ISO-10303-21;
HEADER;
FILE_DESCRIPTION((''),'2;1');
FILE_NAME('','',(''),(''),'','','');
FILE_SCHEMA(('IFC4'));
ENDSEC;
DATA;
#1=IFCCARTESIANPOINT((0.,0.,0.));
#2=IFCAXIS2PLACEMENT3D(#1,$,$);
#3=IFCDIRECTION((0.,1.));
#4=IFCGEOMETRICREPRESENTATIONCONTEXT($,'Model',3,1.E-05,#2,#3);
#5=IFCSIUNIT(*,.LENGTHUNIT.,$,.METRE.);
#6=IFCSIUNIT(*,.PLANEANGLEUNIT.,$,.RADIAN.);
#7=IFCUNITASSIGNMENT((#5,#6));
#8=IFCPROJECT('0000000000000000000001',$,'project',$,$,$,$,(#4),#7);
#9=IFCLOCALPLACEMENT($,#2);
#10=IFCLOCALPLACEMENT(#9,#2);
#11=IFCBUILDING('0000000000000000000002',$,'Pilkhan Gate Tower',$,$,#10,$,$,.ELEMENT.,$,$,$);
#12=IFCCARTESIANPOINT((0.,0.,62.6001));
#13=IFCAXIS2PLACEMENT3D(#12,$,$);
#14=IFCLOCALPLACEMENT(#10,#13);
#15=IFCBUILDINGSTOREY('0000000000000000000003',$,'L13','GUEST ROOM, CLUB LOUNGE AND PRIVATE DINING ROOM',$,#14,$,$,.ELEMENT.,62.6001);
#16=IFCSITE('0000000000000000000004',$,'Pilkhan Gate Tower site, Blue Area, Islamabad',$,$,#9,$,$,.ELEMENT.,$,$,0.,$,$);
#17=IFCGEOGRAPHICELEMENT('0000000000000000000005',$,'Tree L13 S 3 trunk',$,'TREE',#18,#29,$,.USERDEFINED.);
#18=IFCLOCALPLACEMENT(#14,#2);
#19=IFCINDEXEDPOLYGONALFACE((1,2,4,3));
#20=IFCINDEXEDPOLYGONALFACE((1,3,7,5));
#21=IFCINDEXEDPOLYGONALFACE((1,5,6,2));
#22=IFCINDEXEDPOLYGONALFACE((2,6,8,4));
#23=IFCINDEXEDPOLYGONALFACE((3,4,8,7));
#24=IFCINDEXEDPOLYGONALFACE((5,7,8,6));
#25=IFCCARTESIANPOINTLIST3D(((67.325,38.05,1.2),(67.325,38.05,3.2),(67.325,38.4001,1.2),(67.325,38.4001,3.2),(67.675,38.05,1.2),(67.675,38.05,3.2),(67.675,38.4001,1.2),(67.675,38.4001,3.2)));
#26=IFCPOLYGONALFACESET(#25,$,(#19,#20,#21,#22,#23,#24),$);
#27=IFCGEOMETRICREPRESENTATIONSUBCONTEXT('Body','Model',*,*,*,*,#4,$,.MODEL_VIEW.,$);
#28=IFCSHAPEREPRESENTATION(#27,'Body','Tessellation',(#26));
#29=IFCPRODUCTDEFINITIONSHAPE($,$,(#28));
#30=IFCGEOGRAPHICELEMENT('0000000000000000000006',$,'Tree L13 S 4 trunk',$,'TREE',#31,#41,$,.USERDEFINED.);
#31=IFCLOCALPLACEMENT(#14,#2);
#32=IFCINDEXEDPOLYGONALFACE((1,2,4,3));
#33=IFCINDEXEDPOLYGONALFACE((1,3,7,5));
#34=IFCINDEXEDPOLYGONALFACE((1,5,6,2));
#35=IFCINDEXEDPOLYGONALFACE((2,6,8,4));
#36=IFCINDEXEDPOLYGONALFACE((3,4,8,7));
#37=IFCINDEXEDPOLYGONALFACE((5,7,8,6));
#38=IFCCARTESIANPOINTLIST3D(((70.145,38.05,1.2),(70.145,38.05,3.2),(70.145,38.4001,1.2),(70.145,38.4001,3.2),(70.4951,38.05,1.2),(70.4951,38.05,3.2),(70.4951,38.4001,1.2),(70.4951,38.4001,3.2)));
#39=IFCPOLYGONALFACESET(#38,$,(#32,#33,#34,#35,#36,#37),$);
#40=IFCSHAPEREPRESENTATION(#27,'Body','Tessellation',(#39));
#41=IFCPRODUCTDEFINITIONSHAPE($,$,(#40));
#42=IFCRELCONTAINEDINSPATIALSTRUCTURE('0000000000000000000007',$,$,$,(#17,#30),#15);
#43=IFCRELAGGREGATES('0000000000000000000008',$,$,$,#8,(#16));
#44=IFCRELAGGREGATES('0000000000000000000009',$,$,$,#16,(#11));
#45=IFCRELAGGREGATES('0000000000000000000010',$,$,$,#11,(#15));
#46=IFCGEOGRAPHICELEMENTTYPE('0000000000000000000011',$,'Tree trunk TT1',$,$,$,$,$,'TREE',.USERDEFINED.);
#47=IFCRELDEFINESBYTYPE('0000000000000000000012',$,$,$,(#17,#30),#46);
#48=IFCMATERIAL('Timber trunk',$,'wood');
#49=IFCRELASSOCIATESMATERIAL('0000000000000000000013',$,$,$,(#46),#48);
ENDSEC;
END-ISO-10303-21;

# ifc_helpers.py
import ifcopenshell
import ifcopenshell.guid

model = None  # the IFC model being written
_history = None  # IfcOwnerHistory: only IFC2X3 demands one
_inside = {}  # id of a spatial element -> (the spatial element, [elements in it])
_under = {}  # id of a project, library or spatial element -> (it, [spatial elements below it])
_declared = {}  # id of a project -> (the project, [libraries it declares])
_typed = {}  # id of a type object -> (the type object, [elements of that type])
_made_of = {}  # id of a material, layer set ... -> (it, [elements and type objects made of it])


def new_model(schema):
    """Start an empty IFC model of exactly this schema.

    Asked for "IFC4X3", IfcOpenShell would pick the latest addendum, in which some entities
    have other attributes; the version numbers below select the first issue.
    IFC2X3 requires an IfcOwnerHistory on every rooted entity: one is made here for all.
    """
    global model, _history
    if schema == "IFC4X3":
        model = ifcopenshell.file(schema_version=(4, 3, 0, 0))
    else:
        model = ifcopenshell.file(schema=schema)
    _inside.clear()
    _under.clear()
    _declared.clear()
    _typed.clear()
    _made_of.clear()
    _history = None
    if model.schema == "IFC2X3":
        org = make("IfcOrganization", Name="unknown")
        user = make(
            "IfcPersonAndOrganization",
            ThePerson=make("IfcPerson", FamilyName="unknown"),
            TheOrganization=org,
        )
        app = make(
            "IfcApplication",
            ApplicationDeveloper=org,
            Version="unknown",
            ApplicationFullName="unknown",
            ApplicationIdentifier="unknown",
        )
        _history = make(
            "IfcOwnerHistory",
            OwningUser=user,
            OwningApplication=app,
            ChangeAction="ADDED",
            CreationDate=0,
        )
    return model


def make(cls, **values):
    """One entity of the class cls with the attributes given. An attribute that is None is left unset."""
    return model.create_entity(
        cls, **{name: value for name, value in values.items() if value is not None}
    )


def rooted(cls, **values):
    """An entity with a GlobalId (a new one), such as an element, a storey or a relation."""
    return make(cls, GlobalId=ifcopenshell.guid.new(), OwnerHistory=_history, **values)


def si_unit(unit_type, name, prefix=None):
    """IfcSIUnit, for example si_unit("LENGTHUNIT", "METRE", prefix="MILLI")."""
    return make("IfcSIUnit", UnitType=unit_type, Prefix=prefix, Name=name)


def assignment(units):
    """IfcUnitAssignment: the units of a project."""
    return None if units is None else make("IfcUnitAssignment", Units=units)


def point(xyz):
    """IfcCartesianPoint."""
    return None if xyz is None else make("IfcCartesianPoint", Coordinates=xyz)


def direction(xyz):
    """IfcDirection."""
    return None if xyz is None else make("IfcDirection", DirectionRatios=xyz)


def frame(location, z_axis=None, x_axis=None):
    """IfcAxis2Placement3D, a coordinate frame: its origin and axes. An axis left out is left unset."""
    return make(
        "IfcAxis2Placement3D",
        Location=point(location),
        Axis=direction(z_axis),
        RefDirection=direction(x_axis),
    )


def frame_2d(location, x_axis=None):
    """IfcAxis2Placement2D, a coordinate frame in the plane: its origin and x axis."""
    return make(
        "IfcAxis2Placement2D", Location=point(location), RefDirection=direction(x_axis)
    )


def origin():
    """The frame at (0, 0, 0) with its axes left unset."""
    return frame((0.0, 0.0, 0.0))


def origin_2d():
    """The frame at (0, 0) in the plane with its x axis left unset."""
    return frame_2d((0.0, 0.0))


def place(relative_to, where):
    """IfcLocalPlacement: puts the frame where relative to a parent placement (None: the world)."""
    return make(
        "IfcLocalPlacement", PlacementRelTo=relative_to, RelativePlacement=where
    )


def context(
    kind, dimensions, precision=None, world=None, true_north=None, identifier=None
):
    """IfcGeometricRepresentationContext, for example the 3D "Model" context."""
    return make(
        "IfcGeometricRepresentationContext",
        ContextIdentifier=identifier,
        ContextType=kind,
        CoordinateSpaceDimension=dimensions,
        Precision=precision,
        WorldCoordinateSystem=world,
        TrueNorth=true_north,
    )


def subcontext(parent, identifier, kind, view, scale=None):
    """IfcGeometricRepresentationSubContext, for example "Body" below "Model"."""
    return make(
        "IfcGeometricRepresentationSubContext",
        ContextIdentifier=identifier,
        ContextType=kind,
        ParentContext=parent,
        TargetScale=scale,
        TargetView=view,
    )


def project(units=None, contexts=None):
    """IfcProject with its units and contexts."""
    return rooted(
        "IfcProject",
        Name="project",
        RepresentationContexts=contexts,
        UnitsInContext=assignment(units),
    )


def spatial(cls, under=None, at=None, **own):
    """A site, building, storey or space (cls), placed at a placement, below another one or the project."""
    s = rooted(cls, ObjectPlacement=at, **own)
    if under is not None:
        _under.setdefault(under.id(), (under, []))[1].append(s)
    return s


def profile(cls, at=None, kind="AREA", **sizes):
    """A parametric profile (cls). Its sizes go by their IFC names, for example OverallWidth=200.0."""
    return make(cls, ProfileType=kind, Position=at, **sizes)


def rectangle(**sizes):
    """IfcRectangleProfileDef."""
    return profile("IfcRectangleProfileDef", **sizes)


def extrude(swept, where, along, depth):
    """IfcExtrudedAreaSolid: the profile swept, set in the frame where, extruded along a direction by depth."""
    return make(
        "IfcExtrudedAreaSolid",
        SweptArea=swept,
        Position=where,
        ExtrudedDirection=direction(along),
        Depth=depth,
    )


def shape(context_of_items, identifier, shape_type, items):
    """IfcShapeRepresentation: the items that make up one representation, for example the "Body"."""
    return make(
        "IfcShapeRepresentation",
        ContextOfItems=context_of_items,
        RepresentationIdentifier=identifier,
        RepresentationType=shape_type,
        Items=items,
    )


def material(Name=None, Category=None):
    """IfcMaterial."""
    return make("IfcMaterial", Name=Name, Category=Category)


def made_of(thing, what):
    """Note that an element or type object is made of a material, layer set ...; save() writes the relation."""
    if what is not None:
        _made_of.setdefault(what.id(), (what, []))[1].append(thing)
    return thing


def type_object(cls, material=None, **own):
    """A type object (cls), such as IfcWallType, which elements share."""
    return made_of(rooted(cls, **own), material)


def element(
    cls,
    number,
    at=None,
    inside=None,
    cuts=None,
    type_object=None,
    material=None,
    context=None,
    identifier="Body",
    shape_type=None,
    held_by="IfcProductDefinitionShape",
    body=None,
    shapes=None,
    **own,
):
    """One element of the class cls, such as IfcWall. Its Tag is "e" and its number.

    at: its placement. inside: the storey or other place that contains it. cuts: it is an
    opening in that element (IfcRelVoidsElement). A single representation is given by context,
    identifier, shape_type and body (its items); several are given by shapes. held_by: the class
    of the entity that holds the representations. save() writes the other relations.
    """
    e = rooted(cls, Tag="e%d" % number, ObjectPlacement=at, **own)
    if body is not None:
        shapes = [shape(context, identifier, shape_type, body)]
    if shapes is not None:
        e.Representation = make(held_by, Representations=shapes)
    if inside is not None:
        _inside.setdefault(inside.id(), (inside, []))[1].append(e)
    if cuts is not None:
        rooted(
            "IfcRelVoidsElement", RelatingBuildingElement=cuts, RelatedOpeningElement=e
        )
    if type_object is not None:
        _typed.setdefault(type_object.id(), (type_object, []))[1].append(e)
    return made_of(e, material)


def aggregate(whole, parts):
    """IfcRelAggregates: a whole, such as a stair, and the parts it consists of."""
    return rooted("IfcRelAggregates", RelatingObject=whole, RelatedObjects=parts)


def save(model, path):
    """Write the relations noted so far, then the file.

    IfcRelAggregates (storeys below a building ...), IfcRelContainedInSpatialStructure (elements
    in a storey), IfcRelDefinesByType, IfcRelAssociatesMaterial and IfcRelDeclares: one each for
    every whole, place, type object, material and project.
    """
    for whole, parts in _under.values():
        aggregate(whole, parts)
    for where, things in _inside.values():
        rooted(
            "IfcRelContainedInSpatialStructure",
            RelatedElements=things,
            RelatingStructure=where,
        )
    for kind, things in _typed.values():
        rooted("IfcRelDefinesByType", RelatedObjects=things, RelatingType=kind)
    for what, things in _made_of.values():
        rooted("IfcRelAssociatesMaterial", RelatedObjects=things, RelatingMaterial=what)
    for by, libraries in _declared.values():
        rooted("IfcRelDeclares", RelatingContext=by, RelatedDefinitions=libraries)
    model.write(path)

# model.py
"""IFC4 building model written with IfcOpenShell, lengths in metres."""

from ifc_helpers import new_model, si_unit, direction, frame, origin, origin_2d, place, context, subcontext, project, spatial, rectangle, extrude, material, type_object, element, save


model = new_model("IFC4")

# Units and contexts
model_context = context("Model", 3, precision=1e-05, world=origin(), true_north=direction((0.0, 1.0)))
body_context = subcontext(model_context, "Body", "Model", "MODEL_VIEW")
ifc_project = project(units=[si_unit("LENGTHUNIT", "METRE"), si_unit("PLANEANGLEUNIT", "RADIAN")], contexts=[model_context])

# Site, building, storey
site_placement = place(None, origin())
site = spatial("IfcSite", under=ifc_project, at=site_placement, Name="Pilkhan Gate Tower site, Blue Area, Islamabad", CompositionType="ELEMENT", RefElevation=0.0)
building_placement = place(site_placement, origin())
building = spatial("IfcBuilding", under=site, at=building_placement, Name="Pilkhan Gate Tower", CompositionType="ELEMENT")
storey_placement = place(building_placement, frame((0.0, 0.0, 62.6001)))
storey = spatial("IfcBuildingStorey", under=building, at=storey_placement, Name="L13", Description="GUEST ROOM, CLUB LOUNGE AND PRIVATE DINING ROOM", CompositionType="ELEMENT", Elevation=62.6001)

# Geographic elements
ifc_material_1 = material(Name="Timber trunk", Category="wood")
geographic_element_type_1 = type_object("IfcGeographicElementType", Name="Tree trunk TT1", ElementType="TREE", PredefinedType="USERDEFINED", material=ifc_material_1)
for number, where, z_axis, x_axis, name in (
    (1, (67.5, 38.2251, 1.2), (0.0, 0.0, 1.0), (1.0, 0.0, 0.0), "Tree L13 S 3 trunk"),
    (2, (70.3201, 38.2251, 1.2), (0.0, 0.0, 1.0), (1.0, 0.0, 0.0), "Tree L13 S 4 trunk"),
):
    element("IfcGeographicElement", number, at=place(storey_placement, frame(where, z_axis=z_axis, x_axis=x_axis)), inside=storey, type_object=geographic_element_type_1, Name=name, ObjectType="TREE", PredefinedType="USERDEFINED", context=body_context, shape_type="SweptSolid", body=[
        extrude(rectangle(XDim=0.3501, YDim=0.3501, at=origin_2d()), origin(), (0.0, 0.0, 1.0), 2.0),
    ])

save(model, "model.ifc")
